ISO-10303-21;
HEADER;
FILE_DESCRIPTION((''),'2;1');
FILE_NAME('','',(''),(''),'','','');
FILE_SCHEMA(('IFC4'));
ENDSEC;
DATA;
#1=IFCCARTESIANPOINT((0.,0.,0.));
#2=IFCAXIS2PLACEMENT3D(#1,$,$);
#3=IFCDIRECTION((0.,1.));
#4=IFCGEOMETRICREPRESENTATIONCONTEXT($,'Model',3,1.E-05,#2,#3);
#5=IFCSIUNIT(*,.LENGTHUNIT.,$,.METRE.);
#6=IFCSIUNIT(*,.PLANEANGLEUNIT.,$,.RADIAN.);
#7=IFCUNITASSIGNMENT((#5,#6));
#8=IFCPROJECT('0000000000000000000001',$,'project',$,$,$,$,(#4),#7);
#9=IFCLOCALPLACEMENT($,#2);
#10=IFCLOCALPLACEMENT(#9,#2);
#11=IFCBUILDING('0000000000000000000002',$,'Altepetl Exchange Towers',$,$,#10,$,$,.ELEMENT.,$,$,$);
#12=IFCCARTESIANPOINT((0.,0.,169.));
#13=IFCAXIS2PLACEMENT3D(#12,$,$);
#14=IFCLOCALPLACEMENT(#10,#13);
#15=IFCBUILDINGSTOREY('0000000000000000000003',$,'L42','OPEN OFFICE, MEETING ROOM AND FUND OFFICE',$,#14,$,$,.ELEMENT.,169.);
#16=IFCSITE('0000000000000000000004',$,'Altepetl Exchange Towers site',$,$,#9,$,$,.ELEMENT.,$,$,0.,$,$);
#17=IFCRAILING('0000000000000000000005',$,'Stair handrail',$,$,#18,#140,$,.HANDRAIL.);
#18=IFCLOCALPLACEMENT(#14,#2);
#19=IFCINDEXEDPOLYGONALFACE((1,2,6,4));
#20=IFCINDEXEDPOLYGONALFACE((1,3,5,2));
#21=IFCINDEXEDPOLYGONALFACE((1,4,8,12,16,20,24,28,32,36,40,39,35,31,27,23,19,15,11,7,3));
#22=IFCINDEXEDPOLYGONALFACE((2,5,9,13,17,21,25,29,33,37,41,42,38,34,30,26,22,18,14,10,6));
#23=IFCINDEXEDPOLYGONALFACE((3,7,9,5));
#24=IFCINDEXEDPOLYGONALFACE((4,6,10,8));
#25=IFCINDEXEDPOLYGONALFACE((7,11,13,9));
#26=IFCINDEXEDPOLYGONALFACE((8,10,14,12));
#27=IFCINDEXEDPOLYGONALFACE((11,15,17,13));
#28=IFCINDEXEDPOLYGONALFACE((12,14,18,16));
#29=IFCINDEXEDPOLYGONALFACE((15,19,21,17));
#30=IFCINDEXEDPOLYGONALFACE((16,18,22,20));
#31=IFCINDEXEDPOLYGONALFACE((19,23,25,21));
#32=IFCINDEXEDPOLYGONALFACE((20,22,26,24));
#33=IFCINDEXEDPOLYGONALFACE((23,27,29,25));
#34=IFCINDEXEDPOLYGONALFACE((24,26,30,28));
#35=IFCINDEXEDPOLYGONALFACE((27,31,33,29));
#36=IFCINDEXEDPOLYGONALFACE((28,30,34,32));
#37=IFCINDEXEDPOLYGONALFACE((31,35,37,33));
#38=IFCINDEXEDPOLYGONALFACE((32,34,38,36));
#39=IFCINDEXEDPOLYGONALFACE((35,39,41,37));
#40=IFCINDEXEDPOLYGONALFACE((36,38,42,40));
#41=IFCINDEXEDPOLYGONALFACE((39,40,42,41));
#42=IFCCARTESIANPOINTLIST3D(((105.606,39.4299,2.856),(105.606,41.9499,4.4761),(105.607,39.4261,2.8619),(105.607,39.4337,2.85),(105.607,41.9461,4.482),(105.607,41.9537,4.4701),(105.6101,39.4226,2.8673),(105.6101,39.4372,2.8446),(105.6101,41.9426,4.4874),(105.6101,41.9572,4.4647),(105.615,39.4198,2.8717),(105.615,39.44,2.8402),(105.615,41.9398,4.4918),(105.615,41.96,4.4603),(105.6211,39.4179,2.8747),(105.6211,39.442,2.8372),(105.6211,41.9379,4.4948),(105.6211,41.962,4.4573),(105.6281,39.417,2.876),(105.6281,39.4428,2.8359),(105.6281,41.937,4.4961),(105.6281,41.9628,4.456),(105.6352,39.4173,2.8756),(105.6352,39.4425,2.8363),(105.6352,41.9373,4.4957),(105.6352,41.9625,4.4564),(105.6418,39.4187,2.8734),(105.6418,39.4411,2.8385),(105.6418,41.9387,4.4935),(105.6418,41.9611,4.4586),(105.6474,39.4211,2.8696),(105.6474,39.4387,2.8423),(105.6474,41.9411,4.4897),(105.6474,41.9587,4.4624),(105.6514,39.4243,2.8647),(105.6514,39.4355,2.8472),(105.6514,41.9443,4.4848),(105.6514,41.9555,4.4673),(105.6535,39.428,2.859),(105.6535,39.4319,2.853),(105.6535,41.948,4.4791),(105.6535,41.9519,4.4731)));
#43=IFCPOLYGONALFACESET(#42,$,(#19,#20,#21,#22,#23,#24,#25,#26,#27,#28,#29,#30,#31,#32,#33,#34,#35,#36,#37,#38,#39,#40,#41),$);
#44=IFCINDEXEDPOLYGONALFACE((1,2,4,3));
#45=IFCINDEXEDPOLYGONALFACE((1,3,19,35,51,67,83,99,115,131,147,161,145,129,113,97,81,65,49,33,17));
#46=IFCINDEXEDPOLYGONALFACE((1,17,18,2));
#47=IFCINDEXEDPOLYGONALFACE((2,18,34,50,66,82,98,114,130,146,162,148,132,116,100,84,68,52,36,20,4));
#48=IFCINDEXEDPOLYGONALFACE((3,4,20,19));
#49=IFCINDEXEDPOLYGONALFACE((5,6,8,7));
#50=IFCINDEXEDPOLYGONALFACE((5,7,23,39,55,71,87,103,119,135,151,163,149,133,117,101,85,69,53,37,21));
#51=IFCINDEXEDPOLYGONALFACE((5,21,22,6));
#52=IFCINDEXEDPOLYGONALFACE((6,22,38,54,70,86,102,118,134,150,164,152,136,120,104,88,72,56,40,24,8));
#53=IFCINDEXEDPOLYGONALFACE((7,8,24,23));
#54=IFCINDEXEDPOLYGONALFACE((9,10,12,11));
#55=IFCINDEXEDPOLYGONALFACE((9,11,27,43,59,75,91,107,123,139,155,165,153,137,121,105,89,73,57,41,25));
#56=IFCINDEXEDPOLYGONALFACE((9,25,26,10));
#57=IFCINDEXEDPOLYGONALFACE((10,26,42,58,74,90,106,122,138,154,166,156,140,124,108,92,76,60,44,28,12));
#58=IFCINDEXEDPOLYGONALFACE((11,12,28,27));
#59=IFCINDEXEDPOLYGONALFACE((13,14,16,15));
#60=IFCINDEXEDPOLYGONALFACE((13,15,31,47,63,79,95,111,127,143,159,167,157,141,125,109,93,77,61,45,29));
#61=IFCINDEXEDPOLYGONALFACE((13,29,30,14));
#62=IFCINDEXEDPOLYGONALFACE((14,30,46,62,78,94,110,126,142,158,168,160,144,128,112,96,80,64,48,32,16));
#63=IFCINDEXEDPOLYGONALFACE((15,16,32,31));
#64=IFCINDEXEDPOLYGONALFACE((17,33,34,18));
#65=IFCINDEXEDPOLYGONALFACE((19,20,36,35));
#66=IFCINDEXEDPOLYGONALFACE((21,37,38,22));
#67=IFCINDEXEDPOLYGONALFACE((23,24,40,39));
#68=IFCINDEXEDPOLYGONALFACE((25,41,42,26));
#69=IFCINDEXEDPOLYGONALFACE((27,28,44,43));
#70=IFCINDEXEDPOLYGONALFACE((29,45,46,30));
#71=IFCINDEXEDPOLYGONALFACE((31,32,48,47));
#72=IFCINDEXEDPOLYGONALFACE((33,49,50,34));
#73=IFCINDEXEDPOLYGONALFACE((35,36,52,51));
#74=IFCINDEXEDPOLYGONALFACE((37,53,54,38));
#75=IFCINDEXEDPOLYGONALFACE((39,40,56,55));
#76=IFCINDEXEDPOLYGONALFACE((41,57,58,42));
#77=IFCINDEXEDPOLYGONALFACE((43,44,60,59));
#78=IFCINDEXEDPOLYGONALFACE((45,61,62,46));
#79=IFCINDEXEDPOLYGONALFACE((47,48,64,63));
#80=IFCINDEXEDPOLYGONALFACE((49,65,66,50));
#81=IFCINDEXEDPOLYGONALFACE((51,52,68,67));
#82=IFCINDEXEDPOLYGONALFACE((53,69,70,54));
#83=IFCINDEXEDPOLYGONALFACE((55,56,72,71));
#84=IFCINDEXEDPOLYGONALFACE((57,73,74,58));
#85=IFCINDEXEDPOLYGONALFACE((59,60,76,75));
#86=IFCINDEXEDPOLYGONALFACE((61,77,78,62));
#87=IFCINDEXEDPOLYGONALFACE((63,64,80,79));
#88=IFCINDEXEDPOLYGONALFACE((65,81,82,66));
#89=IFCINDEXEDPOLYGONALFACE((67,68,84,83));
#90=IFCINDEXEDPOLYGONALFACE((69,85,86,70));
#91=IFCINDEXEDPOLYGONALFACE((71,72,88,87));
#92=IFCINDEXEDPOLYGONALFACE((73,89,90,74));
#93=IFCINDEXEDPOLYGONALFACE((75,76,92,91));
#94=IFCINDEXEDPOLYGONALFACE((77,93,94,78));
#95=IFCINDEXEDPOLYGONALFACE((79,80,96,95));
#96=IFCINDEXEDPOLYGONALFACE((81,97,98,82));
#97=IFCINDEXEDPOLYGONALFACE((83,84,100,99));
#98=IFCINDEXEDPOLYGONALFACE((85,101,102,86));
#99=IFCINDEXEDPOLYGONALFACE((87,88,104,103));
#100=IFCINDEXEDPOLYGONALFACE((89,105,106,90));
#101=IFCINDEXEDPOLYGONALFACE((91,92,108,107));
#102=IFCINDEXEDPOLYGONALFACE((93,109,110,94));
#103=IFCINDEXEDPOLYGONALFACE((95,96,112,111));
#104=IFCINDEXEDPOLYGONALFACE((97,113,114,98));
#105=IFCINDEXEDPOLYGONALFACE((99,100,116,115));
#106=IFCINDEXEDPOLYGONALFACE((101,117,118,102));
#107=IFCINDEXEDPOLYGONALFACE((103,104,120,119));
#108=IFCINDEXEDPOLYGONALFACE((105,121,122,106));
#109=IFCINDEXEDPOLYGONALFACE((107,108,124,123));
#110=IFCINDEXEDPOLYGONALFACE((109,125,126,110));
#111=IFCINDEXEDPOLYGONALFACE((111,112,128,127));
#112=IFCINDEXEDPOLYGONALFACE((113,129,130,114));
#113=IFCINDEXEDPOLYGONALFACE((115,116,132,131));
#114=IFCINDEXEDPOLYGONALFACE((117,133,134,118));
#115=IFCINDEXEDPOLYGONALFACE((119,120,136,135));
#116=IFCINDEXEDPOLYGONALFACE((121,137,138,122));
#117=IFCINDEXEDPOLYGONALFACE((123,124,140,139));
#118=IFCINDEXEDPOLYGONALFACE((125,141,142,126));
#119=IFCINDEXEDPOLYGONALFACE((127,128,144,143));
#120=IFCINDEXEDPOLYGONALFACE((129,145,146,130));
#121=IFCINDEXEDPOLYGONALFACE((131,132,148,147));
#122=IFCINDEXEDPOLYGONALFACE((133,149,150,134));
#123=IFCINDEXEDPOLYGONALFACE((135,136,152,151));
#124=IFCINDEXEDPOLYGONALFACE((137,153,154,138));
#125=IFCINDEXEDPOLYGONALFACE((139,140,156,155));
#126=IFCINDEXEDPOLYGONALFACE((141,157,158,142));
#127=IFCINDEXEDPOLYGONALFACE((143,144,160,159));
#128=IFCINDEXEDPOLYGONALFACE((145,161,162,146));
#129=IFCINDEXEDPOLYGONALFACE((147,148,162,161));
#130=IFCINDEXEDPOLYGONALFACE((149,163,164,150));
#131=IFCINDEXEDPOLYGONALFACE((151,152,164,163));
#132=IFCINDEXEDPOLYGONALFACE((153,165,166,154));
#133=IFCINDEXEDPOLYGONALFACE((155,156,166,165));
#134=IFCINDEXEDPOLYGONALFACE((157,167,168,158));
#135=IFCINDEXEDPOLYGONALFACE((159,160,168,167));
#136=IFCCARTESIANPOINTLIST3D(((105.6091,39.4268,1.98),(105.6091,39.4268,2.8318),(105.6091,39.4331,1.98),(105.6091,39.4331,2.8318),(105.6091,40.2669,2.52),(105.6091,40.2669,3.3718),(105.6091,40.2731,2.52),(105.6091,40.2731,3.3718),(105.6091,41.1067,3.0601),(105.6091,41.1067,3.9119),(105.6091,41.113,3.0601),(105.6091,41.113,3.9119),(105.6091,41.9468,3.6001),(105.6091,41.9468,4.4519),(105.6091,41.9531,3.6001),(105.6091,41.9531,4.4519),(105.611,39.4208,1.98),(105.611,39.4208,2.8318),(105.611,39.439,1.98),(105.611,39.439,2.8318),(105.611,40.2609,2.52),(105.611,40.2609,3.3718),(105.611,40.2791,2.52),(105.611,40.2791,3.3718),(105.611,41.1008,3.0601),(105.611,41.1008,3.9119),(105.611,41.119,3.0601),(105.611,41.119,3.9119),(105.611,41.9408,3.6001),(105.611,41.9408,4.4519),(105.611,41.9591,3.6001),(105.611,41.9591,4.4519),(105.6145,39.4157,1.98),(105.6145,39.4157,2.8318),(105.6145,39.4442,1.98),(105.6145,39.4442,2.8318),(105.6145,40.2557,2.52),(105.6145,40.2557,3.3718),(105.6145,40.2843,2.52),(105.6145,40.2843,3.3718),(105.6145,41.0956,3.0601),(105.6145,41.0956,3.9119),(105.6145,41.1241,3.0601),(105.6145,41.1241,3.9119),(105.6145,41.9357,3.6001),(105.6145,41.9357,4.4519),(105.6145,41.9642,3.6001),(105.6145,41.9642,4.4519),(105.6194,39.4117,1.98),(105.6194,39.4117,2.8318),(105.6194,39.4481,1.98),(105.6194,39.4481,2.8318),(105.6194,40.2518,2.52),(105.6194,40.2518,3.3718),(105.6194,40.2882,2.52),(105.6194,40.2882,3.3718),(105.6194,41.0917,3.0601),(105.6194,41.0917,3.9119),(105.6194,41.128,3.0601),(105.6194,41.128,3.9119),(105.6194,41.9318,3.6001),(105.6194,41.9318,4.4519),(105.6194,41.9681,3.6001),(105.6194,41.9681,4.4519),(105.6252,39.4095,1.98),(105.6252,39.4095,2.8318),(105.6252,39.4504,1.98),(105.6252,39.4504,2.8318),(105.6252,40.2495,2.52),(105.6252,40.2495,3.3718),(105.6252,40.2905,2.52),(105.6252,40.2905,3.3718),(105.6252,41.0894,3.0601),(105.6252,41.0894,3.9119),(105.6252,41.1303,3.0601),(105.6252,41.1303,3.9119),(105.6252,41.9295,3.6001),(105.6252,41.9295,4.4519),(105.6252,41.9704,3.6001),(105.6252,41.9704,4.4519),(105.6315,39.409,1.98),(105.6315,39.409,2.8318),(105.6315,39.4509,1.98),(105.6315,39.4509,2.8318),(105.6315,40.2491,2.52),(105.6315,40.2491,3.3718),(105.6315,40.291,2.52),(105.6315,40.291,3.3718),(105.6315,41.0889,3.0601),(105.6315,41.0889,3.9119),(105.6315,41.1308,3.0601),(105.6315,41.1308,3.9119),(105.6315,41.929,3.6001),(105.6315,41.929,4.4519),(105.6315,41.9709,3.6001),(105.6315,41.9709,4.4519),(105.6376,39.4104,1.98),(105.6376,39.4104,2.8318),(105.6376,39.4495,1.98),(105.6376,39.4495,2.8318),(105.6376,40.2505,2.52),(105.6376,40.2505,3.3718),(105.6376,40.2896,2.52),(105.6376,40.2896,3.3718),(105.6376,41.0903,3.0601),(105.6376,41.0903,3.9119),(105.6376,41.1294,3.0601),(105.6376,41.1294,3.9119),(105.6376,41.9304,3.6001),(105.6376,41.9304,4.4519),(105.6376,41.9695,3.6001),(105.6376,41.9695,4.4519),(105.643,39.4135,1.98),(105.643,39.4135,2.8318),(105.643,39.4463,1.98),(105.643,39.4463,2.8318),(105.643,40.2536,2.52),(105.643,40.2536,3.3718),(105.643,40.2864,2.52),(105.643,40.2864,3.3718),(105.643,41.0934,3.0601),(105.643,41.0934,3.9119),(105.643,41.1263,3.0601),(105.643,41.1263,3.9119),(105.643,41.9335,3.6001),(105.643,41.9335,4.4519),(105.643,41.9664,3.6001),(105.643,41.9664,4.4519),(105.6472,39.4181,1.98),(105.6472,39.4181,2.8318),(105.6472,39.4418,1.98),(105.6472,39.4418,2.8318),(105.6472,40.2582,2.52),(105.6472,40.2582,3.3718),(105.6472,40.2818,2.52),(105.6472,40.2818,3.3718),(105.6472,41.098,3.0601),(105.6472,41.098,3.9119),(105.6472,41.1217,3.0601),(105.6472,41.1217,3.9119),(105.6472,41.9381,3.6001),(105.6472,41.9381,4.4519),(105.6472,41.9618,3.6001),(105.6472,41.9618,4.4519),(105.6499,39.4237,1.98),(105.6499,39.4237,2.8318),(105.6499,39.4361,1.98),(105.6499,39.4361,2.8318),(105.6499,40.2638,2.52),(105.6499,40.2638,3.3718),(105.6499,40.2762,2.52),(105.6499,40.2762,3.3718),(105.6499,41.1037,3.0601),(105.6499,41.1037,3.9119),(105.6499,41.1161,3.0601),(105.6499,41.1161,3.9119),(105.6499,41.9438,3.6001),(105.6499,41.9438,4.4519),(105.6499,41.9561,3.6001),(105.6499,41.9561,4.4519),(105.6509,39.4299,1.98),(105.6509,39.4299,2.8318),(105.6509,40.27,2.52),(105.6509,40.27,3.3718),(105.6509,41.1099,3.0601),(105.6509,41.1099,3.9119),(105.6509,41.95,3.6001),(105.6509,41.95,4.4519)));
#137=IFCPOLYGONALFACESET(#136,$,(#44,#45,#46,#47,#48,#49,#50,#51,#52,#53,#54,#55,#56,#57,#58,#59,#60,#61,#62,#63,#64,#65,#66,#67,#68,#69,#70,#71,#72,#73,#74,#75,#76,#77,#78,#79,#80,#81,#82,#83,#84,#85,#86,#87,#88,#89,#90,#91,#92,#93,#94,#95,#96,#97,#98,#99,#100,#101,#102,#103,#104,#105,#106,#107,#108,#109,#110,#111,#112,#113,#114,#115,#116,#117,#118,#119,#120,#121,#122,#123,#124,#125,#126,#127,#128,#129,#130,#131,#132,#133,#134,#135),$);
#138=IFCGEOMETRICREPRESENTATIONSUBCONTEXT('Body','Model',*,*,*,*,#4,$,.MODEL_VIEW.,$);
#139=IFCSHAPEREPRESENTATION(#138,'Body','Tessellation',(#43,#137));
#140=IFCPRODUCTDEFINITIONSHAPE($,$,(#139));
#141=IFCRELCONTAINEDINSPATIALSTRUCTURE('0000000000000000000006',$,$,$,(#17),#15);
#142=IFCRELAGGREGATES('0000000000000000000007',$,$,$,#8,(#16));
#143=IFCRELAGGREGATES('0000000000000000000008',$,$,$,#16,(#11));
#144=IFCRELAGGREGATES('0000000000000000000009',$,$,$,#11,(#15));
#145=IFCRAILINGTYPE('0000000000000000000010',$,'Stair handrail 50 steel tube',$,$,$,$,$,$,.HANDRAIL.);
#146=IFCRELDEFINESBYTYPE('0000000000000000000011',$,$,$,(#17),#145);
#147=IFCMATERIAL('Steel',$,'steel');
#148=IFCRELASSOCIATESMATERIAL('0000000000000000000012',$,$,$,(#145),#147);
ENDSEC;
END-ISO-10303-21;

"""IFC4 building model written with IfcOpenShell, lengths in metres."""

from ifc_helpers import new_model, si_unit, direction, frame, origin, origin_2d, place, context, subcontext, project, spatial, circle, extrude, source, transform, mapped, material, type_object, element, save


model = new_model("IFC4")

# Units and contexts
model_context = context("Model", 3, precision=1e-05, world=origin(), true_north=direction((0.0, 1.0)))
body_context = subcontext(model_context, "Body", "Model", "MODEL_VIEW")
ifc_project = project(units=[si_unit("LENGTHUNIT", "METRE"), si_unit("PLANEANGLEUNIT", "RADIAN")], contexts=[model_context])

# Site, building, storey
site_placement = place(None, origin())
site = spatial("IfcSite", under=ifc_project, at=site_placement, Name="Altepetl Exchange Towers site", CompositionType="ELEMENT", RefElevation=0.0)
building_placement = place(site_placement, origin())
building = spatial("IfcBuilding", under=site, at=building_placement, Name="Altepetl Exchange Towers", CompositionType="ELEMENT")
storey_placement = place(building_placement, frame((0.0, 0.0, 169.0)))
storey = spatial("IfcBuildingStorey", under=building, at=storey_placement, Name="L42", Description="OPEN OFFICE, MEETING ROOM AND FUND OFFICE", CompositionType="ELEMENT", Elevation=169.0)

# Railing
ifc_material_1 = material(Name="Steel", Category="steel")
railing_type = type_object("IfcRailingType", Name="Stair handrail 50 steel tube", PredefinedType="HANDRAIL", material=ifc_material_1)
shared_shape = source(origin(), body_context, "Body", "SweptSolid", [
    extrude(circle(Radius=0.021, at=origin_2d()), origin(), (0.0, 0.0, 1.0), 0.8518),
])
railing_1_placement = place(storey_placement, frame((105.6299, 39.4299, 1.98)))
element("IfcRailing", 1, at=railing_1_placement, inside=storey, type_object=railing_type, Name="Stair handrail", PredefinedType="HANDRAIL", context=body_context, shape_type="SweptSolid", body=[
    extrude(circle(Radius=0.0239, at=origin_2d()), frame((0.0, 0.0, 0.876), z_axis=(0.0, 0.841163, 0.540782), x_axis=(-1.0, 0.0, 0.0)), (0.0, 0.0, 1.0), 2.9958),
    mapped(shared_shape, transform((0.0, 0.0, 0.0))),
    mapped(shared_shape, transform((0.0, 0.8401, 0.54))),
    mapped(shared_shape, transform((0.0, 1.6799, 1.0801))),
    mapped(shared_shape, transform((0.0, 2.52, 1.6201))),
])

save(model, "model.ifc")
